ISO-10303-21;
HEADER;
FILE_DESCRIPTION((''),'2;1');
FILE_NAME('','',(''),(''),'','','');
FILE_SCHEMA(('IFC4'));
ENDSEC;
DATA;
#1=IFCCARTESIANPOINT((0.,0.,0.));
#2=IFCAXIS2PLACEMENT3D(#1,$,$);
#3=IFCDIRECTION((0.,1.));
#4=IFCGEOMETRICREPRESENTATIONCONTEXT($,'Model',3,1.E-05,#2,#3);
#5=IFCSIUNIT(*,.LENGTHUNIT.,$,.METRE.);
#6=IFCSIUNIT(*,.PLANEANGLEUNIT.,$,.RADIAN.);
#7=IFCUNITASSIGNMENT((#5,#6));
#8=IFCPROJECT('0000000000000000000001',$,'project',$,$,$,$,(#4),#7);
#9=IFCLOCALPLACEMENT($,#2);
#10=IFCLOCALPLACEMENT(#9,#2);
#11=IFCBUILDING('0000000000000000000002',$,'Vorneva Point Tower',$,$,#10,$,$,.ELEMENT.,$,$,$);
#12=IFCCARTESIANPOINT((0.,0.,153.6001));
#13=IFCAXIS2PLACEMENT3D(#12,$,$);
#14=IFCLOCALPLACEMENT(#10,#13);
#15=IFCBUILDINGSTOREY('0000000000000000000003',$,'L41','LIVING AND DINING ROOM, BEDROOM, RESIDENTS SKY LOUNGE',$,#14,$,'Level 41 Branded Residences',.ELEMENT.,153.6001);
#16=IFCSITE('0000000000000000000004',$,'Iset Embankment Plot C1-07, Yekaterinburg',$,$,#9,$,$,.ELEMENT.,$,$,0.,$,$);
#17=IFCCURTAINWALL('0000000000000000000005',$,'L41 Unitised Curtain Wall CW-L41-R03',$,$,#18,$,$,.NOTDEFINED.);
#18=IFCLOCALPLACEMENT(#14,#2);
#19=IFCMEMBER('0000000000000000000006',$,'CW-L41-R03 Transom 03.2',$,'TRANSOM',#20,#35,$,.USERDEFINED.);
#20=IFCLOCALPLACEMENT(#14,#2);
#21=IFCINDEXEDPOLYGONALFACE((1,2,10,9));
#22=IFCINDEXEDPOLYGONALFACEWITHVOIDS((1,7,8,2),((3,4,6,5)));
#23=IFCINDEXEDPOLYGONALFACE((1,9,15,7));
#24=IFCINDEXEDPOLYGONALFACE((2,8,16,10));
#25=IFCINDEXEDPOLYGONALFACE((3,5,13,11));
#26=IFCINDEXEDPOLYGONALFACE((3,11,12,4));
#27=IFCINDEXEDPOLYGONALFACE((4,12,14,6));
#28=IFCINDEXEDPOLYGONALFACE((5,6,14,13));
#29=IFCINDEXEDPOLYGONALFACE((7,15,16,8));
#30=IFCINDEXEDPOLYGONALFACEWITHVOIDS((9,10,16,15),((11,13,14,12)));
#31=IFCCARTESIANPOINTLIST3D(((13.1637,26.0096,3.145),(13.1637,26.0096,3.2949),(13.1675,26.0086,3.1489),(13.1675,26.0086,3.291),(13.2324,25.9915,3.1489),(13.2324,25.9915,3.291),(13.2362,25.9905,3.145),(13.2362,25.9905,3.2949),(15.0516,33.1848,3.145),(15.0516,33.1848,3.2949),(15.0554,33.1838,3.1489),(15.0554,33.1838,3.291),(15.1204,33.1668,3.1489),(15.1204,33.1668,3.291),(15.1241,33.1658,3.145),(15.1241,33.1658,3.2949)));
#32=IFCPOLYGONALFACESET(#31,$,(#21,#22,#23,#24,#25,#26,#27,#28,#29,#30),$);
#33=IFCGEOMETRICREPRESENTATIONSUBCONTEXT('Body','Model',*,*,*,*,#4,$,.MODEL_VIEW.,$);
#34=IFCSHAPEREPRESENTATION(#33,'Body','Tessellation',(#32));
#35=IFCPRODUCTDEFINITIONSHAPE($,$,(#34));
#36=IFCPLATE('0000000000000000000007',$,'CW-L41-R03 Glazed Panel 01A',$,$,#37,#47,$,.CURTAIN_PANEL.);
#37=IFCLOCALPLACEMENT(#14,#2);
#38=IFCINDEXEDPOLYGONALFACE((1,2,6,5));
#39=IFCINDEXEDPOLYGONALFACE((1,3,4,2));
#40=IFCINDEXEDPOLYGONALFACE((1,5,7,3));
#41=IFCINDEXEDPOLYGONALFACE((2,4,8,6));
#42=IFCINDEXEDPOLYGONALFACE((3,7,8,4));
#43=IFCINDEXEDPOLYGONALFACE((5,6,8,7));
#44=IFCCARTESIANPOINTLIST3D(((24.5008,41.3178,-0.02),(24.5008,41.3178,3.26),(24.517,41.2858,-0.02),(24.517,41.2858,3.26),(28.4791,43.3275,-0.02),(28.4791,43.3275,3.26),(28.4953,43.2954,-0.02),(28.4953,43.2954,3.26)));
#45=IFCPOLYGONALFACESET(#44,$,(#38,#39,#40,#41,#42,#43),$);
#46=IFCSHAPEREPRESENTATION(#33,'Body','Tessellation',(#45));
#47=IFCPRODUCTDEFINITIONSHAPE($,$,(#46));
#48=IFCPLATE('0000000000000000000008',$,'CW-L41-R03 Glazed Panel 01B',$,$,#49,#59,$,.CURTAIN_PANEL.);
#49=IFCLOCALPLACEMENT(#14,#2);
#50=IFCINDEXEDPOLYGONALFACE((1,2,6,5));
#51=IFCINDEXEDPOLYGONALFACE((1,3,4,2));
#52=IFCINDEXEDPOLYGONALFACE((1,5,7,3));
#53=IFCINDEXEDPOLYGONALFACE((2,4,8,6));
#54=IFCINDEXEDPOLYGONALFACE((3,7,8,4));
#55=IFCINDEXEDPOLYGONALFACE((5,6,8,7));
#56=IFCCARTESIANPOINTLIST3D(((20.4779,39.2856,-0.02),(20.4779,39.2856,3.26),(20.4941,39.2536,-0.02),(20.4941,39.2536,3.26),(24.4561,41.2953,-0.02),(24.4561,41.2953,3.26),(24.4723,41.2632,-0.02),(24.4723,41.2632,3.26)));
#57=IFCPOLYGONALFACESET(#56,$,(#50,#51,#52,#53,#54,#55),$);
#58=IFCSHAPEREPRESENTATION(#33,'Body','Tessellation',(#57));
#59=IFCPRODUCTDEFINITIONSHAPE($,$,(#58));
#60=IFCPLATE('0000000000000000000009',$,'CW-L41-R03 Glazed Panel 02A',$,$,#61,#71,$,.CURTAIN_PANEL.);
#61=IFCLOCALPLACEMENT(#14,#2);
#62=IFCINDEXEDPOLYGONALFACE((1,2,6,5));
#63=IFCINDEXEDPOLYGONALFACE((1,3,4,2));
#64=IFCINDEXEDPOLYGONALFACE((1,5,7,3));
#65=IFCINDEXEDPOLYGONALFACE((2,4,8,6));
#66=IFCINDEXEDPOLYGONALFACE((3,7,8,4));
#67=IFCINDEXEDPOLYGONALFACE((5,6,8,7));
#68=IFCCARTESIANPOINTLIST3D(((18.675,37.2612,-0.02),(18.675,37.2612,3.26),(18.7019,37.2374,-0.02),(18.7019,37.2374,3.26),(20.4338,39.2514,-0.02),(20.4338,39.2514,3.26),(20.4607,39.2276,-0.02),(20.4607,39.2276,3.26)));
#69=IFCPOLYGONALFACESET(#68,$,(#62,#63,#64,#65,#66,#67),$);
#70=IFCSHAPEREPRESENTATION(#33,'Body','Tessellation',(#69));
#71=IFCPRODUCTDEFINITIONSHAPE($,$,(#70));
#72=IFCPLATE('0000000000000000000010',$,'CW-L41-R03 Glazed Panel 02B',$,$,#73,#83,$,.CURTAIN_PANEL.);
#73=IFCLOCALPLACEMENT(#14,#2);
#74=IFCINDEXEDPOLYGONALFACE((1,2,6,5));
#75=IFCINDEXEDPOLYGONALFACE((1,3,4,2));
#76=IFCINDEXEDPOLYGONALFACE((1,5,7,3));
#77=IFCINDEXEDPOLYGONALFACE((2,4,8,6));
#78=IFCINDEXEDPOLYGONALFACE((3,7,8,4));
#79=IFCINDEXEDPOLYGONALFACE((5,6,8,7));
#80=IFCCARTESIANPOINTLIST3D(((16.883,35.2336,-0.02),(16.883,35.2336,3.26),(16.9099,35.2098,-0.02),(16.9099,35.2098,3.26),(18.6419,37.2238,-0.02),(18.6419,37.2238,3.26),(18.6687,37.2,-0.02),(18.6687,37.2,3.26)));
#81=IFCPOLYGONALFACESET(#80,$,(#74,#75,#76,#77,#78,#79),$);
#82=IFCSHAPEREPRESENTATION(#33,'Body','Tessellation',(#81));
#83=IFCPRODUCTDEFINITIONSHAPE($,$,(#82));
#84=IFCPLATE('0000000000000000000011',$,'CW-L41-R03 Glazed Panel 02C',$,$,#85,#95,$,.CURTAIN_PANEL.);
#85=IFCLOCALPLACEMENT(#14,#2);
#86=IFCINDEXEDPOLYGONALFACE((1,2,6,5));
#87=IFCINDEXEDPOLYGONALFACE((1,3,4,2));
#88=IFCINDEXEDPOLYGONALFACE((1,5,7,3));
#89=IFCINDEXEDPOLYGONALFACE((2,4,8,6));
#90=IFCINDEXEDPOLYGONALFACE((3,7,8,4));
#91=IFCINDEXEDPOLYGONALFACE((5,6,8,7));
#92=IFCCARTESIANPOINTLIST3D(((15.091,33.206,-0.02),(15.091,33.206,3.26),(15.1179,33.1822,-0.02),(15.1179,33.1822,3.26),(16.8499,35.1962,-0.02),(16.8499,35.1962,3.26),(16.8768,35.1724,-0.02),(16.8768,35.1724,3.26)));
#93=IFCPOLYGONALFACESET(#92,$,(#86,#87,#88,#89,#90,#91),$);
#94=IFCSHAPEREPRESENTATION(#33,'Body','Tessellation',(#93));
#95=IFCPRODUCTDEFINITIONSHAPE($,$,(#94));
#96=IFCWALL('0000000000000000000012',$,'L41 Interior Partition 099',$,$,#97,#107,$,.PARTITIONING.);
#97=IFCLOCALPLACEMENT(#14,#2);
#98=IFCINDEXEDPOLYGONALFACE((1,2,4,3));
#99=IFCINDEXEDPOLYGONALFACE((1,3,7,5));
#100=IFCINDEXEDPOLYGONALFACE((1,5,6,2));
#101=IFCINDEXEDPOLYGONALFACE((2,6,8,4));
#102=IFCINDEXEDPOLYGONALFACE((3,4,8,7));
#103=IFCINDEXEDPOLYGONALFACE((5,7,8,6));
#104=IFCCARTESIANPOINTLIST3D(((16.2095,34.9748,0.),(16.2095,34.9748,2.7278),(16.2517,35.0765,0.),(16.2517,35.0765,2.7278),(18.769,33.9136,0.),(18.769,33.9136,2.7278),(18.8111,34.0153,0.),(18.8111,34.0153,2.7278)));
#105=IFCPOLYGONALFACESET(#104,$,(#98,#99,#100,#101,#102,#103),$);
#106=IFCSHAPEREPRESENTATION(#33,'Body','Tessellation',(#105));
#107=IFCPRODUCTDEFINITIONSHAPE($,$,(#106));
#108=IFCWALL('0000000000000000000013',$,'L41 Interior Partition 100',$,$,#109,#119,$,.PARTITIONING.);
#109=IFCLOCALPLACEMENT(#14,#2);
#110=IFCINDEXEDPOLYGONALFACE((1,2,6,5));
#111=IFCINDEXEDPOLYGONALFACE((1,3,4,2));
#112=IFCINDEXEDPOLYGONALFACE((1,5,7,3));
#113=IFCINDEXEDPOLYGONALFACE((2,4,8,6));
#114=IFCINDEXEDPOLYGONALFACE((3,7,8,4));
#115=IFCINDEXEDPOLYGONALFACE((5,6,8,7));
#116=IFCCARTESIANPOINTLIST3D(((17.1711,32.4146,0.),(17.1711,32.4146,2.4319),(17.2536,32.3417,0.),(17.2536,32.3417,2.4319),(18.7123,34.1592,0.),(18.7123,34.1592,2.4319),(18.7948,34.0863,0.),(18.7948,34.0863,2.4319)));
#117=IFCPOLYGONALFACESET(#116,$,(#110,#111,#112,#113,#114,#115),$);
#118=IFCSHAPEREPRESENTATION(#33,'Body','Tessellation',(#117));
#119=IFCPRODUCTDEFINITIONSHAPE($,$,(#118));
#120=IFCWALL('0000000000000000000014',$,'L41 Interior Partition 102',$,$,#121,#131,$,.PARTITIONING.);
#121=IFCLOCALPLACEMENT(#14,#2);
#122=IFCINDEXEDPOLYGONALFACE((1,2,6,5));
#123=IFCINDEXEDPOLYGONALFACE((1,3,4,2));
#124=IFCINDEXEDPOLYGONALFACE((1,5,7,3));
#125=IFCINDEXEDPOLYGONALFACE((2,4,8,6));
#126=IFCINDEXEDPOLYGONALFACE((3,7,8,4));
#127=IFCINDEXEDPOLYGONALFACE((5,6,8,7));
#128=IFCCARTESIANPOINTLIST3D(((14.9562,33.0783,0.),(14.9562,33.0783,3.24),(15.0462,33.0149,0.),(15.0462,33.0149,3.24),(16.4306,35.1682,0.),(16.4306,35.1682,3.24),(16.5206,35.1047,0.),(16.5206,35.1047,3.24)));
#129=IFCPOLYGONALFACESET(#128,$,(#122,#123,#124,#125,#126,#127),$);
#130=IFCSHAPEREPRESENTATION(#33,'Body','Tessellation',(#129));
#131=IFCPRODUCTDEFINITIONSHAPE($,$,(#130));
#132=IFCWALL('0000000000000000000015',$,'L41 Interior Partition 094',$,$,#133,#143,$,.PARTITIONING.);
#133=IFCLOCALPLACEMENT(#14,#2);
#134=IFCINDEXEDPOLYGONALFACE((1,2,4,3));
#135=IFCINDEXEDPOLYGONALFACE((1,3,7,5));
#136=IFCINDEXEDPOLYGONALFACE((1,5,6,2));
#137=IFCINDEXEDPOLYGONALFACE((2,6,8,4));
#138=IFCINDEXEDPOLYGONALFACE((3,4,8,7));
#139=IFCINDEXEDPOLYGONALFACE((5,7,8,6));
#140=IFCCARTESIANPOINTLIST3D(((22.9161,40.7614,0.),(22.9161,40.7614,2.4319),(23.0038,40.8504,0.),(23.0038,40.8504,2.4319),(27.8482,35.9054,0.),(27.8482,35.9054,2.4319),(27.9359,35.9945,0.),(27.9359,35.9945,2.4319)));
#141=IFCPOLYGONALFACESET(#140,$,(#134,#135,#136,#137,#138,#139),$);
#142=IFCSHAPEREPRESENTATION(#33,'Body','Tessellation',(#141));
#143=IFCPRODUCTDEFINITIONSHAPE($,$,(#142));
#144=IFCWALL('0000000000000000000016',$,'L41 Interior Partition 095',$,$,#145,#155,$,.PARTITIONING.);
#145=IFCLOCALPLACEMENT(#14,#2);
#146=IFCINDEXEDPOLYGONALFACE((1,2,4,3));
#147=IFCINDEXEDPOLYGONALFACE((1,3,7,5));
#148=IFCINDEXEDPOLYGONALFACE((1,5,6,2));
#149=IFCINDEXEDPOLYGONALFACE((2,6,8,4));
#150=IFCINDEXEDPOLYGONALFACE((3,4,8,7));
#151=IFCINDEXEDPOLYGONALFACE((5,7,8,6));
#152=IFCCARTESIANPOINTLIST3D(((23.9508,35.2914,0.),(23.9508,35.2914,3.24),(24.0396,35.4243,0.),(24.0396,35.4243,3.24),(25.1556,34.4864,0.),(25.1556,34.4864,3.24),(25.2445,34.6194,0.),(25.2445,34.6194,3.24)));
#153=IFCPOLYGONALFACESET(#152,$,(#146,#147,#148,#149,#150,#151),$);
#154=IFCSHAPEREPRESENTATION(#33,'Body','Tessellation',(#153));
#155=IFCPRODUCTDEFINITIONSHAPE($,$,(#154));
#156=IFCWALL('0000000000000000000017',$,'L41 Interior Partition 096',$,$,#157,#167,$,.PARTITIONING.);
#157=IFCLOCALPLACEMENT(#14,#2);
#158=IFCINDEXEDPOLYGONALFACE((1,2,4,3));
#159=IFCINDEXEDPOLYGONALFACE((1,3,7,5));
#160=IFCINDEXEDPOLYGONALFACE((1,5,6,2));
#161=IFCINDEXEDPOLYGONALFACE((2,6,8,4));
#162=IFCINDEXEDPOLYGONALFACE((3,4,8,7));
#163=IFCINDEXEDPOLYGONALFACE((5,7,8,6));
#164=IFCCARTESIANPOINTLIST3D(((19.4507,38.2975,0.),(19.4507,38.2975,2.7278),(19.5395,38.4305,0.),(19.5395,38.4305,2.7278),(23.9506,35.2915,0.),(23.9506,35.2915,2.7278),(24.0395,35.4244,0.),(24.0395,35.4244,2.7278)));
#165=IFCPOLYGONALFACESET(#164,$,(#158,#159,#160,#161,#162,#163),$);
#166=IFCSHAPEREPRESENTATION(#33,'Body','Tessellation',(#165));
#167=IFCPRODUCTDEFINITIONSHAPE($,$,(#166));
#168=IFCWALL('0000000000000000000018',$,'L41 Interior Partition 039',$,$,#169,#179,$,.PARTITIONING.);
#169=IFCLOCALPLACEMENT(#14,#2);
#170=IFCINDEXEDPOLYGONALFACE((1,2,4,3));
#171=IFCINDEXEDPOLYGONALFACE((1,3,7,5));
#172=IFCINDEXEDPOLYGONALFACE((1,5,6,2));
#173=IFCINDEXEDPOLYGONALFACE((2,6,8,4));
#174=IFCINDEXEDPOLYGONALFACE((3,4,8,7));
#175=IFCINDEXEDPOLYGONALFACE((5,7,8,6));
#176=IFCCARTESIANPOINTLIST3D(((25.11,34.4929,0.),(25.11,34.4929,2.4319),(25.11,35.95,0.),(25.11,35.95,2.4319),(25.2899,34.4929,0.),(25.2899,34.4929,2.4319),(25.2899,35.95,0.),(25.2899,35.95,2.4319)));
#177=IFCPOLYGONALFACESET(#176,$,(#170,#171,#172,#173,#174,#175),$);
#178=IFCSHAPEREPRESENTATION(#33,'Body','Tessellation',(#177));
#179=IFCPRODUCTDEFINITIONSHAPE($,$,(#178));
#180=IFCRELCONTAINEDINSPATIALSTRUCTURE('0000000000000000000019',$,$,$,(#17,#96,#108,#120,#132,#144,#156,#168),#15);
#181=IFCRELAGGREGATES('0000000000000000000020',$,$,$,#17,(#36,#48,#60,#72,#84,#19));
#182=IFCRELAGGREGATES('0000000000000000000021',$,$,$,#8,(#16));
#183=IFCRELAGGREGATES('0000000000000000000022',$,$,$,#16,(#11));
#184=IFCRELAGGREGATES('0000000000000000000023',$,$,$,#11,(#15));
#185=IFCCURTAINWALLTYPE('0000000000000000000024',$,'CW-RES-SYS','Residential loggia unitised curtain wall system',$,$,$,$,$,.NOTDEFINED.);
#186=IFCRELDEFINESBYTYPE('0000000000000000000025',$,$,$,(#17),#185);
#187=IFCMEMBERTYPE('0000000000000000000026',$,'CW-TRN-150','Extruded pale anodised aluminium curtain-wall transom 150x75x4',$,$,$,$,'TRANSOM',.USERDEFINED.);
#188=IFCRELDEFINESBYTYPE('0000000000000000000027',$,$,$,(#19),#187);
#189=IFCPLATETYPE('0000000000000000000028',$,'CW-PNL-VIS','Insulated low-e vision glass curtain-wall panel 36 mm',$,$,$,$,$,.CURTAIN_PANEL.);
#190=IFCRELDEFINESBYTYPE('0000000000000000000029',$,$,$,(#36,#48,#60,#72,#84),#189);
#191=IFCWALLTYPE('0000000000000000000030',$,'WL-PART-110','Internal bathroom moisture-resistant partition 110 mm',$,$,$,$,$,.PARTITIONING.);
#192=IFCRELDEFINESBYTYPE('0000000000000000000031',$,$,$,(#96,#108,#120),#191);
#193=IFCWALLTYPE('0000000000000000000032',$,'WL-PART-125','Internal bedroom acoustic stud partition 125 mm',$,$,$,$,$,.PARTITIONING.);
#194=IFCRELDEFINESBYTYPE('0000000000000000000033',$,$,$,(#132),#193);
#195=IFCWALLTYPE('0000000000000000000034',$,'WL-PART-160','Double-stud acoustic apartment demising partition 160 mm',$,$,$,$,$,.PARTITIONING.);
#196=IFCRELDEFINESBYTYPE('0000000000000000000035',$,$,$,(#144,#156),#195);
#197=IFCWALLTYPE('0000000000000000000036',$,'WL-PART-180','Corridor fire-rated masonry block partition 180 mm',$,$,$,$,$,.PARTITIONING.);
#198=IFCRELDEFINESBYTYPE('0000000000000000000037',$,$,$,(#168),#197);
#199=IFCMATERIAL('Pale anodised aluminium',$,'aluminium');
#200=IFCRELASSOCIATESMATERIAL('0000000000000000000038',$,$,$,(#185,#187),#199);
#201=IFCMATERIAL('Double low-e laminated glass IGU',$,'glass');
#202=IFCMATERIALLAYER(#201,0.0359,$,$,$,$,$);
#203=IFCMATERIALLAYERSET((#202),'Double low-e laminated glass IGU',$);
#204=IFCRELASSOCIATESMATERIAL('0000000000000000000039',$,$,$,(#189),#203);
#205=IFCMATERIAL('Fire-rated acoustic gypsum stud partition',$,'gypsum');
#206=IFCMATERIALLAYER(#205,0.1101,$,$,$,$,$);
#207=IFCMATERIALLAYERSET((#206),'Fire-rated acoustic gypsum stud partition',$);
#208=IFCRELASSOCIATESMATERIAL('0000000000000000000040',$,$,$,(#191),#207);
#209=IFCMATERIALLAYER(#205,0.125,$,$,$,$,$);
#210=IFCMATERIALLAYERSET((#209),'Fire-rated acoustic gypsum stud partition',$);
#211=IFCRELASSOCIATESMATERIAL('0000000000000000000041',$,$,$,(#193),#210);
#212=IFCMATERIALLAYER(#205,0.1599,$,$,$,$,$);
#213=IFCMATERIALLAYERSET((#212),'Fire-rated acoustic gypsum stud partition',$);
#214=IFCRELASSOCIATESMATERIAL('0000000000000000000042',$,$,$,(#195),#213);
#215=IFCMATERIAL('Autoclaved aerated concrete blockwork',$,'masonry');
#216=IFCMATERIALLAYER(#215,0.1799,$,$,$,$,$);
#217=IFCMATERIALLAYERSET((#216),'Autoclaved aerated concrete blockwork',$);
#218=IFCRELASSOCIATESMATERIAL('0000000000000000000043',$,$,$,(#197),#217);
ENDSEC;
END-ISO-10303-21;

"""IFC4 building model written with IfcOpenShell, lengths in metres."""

from ifc_helpers import new_model, si_unit, direction, frame, frame_2d, origin, origin_2d, place, context, subcontext, project, spatial, rectangle, hollow_rectangle, extrude, material, layer, layer_set, material_profile, profile_set, type_object, element, aggregate, save


model = new_model("IFC4")

# Units and contexts
model_context = context("Model", 3, precision=1e-05, world=origin(), true_north=direction((0.0, 1.0)))
body_context = subcontext(model_context, "Body", "Model", "MODEL_VIEW")
ifc_project = project(units=[si_unit("LENGTHUNIT", "METRE"), si_unit("PLANEANGLEUNIT", "RADIAN")], contexts=[model_context])

# Site, building, storey
site_placement = place(None, origin())
site = spatial("IfcSite", under=ifc_project, at=site_placement, Name="Iset Embankment Plot C1-07, Yekaterinburg", CompositionType="ELEMENT", RefElevation=0.0)
building_placement = place(site_placement, origin())
building = spatial("IfcBuilding", under=site, at=building_placement, Name="Vorneva Point Tower", CompositionType="ELEMENT")
storey_placement = place(building_placement, frame((0.0, 0.0, 153.6001)))
storey = spatial("IfcBuildingStorey", under=building, at=storey_placement, Name="L41", Description="LIVING AND DINING ROOM, BEDROOM, RESIDENTS SKY LOUNGE", LongName="Level 41 Branded Residences", CompositionType="ELEMENT", Elevation=153.6001)

# Curtain wall, member, plates
ifc_material_1 = material(Name="Pale anodised aluminium", Category="aluminium")
curtain_wall_type = type_object("IfcCurtainWallType", Name="CW-RES-SYS", Description="Residential loggia unitised curtain wall system", PredefinedType="NOTDEFINED", material=ifc_material_1)
curtain_wall_placement = place(storey_placement, origin())
curtain_wall = element("IfcCurtainWall", 1, at=curtain_wall_placement, inside=storey, type_object=curtain_wall_type, Name="L41 Unitised Curtain Wall CW-L41-R03", PredefinedType="NOTDEFINED")
ifc_material_profile_1 = material_profile(ifc_material_1, hollow_rectangle(XDim=0.075, YDim=0.1499, WallThickness=0.0039, at=origin_2d()), Name="AL-TRN 150x75x4")
ifc_profile_set_1 = profile_set([ifc_material_profile_1], Name="Pale anodised aluminium")
member_type_1 = type_object("IfcMemberType", Name="CW-TRN-150", Description="Extruded pale anodised aluminium curtain-wall transom 150x75x4", ElementType="TRANSOM", PredefinedType="USERDEFINED", material=ifc_profile_set_1)
member_1_placement = place(storey_placement, frame((15.0879, 33.1753, 3.22), z_axis=(-0.254456, -0.967084, 0.0), x_axis=(0.967084, -0.254456, 0.0)))
member_1 = element("IfcMember", 2, at=member_1_placement, type_object=member_type_1, Name="CW-L41-R03 Transom 03.2", ObjectType="TRANSOM", PredefinedType="USERDEFINED", context=body_context, shape_type="SweptSolid", body=[
    extrude(hollow_rectangle(XDim=0.075, YDim=0.1499, WallThickness=0.0039, at=origin_2d()), origin(), (0.0, 0.0, 1.0), 7.4194),
])
ifc_material_2 = material(Name="Double low-e laminated glass IGU", Category="glass")
ifc_layer_1 = layer(ifc_material_2, 0.0359)
ifc_layer_set_1 = layer_set([ifc_layer_1], Name="Double low-e laminated glass IGU")
plate_type = type_object("IfcPlateType", Name="CW-PNL-VIS", Description="Insulated low-e vision glass curtain-wall panel 36 mm", PredefinedType="CURTAIN_PANEL", material=ifc_layer_set_1)
plate_1_placement = place(storey_placement, frame((26.498, 42.3066, -0.02), z_axis=(0.0, 0.0, 1.0), x_axis=(-0.892578, -0.450893, 0.0)))
plate_1 = element("IfcPlate", 3, at=plate_1_placement, type_object=plate_type, Name="CW-L41-R03 Glazed Panel 01A", PredefinedType="CURTAIN_PANEL", context=body_context, shape_type="SweptSolid", body=[
    extrude(rectangle(XDim=4.457, YDim=0.0359, at=origin_2d()), origin(), (0.0, 0.0, 1.0), 3.28),
])
plate_2_placement = place(storey_placement, frame((22.4751, 40.2744, -0.02), z_axis=(0.0, 0.0, 1.0), x_axis=(-0.892578, -0.450893, 0.0)))
plate_2 = element("IfcPlate", 4, at=plate_2_placement, type_object=plate_type, Name="CW-L41-R03 Glazed Panel 01B", PredefinedType="CURTAIN_PANEL", context=body_context, shape_type="SweptSolid", body=[
    extrude(rectangle(XDim=4.457, YDim=0.0359, at=origin_2d()), origin(), (0.0, 0.0, 1.0), 3.28),
])
plate_3_placement = place(storey_placement, frame((19.5679, 38.2444, -0.02), z_axis=(0.0, 0.0, 1.0), x_axis=(-0.662215, -0.749314, 0.0)))
plate_3 = element("IfcPlate", 5, at=plate_3_placement, type_object=plate_type, Name="CW-L41-R03 Glazed Panel 02A", PredefinedType="CURTAIN_PANEL", context=body_context, shape_type="SweptSolid", body=[
    extrude(rectangle(XDim=2.656, YDim=0.0359, at=origin_2d()), origin(), (0.0, 0.0, 1.0), 3.28),
])
plate_4_placement = place(storey_placement, frame((17.7759, 36.2168, -0.02), z_axis=(0.0, 0.0, 1.0), x_axis=(-0.662215, -0.749314, 0.0)))
plate_4 = element("IfcPlate", 6, at=plate_4_placement, type_object=plate_type, Name="CW-L41-R03 Glazed Panel 02B", PredefinedType="CURTAIN_PANEL", context=body_context, shape_type="SweptSolid", body=[
    extrude(rectangle(XDim=2.656, YDim=0.0359, at=origin_2d()), origin(), (0.0, 0.0, 1.0), 3.28),
])
plate_5_placement = place(storey_placement, frame((15.9839, 34.1892, -0.02), z_axis=(0.0, 0.0, 1.0), x_axis=(-0.662215, -0.749314, 0.0)))
plate_5 = element("IfcPlate", 7, at=plate_5_placement, type_object=plate_type, Name="CW-L41-R03 Glazed Panel 02C", PredefinedType="CURTAIN_PANEL", context=body_context, shape_type="SweptSolid", body=[
    extrude(rectangle(XDim=2.656, YDim=0.0359, at=origin_2d()), origin(), (0.0, 0.0, 1.0), 3.28),
])
aggregate(curtain_wall, [plate_1, plate_2, plate_3, plate_4, plate_5, member_1])

# Walls
ifc_material_3 = material(Name="Fire-rated acoustic gypsum stud partition", Category="gypsum")
ifc_layer_2 = layer(ifc_material_3, 0.1101)
ifc_layer_set_2 = layer_set([ifc_layer_2], Name="Fire-rated acoustic gypsum stud partition")
wall_type_1 = type_object("IfcWallType", Name="WL-PART-110", Description="Internal bathroom moisture-resistant partition 110 mm", PredefinedType="PARTITIONING", material=ifc_layer_set_2)
wall_1_placement = place(storey_placement, frame((16.2307, 35.0256, 0.0), z_axis=(0.0, 0.0, 1.0), x_axis=(0.923743, -0.383013, 0.0)))
element("IfcWall", 8, at=wall_1_placement, inside=storey, type_object=wall_type_1, Name="L41 Interior Partition 099", PredefinedType="PARTITIONING", context=body_context, shape_type="SweptSolid", body=[
    extrude(rectangle(XDim=2.7708, YDim=0.1101, at=frame_2d((1.3853, 0.0))), origin(), (0.0, 0.0, 1.0), 2.7278),
])
wall_2_placement = place(storey_placement, frame((18.7537, 34.1228, 0.0), z_axis=(0.0, 0.0, 1.0), x_axis=(-0.662076, -0.749437, 0.0)))
element("IfcWall", 9, at=wall_2_placement, inside=storey, type_object=wall_type_1, Name="L41 Interior Partition 100", PredefinedType="PARTITIONING", context=body_context, shape_type="SweptSolid", body=[
    extrude(rectangle(XDim=2.3279, YDim=0.1101, at=frame_2d((1.1641, 0.0))), origin(), (0.0, 0.0, 1.0), 2.4319),
])
wall_3_placement = place(storey_placement, frame((16.4756, 35.1365, 0.0), z_axis=(0.0, 0.0, 1.0), x_axis=(-0.57647, -0.817119, 0.0)))
element("IfcWall", 10, at=wall_3_placement, inside=storey, type_object=wall_type_1, Name="L41 Interior Partition 102", PredefinedType="PARTITIONING", context=body_context, shape_type="SweptSolid", body=[
    extrude(rectangle(XDim=2.5576, YDim=0.1101, at=frame_2d((1.2788, 0.0))), origin(), (0.0, 0.0, 1.0), 3.24),
])
ifc_layer_3 = layer(ifc_material_3, 0.125)
ifc_layer_set_3 = layer_set([ifc_layer_3], Name="Fire-rated acoustic gypsum stud partition")
wall_type_2 = type_object("IfcWallType", Name="WL-PART-125", Description="Internal bedroom acoustic stud partition 125 mm", PredefinedType="PARTITIONING", material=ifc_layer_set_3)
wall_4_placement = place(storey_placement, frame((22.96, 40.8059, 0.0), z_axis=(0.0, 0.0, 1.0), x_axis=(0.712588, -0.701583, 0.0)))
element("IfcWall", 11, at=wall_4_placement, inside=storey, type_object=wall_type_2, Name="L41 Interior Partition 094", PredefinedType="PARTITIONING", context=body_context, shape_type="SweptSolid", body=[
    extrude(rectangle(XDim=6.9214, YDim=0.125, at=frame_2d((3.4607, 0.0))), origin(), (0.0, 0.0, 1.0), 2.4319),
])
ifc_layer_4 = layer(ifc_material_3, 0.1599)
ifc_layer_set_4 = layer_set([ifc_layer_4], Name="Fire-rated acoustic gypsum stud partition")
wall_type_3 = type_object("IfcWallType", Name="WL-PART-160", Description="Double-stud acoustic apartment demising partition 160 mm", PredefinedType="PARTITIONING", material=ifc_layer_set_4)
wall_5_placement = place(storey_placement, frame((23.9951, 35.3579, 0.0), z_axis=(0.0, 0.0, 1.0), x_axis=(0.831506, -0.555516, 0.0)))
element("IfcWall", 12, at=wall_5_placement, inside=storey, type_object=wall_type_3, Name="L41 Interior Partition 095", PredefinedType="PARTITIONING", context=body_context, shape_type="SweptSolid", body=[
    extrude(rectangle(XDim=1.449, YDim=0.1599, at=frame_2d((0.7246, 0.0))), origin(), (0.0, 0.0, 1.0), 3.24),
])
wall_6_placement = place(storey_placement, frame((19.4951, 38.364, 0.0), z_axis=(0.0, 0.0, 1.0), x_axis=(0.831529, -0.555481, 0.0)))
element("IfcWall", 13, at=wall_6_placement, inside=storey, type_object=wall_type_3, Name="L41 Interior Partition 096", PredefinedType="PARTITIONING", context=body_context, shape_type="SweptSolid", body=[
    extrude(rectangle(XDim=5.4116, YDim=0.1599, at=frame_2d((2.7058, 0.0))), origin(), (0.0, 0.0, 1.0), 2.7278),
])
ifc_material_4 = material(Name="Autoclaved aerated concrete blockwork", Category="masonry")
ifc_layer_5 = layer(ifc_material_4, 0.1799)
ifc_layer_set_5 = layer_set([ifc_layer_5], Name="Autoclaved aerated concrete blockwork")
wall_type_4 = type_object("IfcWallType", Name="WL-PART-180", Description="Corridor fire-rated masonry block partition 180 mm", PredefinedType="PARTITIONING", material=ifc_layer_set_5)
wall_7_placement = place(storey_placement, frame((25.2, 35.95, 0.0), z_axis=(0.0, 0.0, 1.0), x_axis=(0.0, -1.0, 0.0)))
element("IfcWall", 14, at=wall_7_placement, inside=storey, type_object=wall_type_4, Name="L41 Interior Partition 039", PredefinedType="PARTITIONING", context=body_context, shape_type="SweptSolid", body=[
    extrude(rectangle(XDim=1.457, YDim=0.1799, at=frame_2d((0.7285, 0.0))), origin(), (0.0, 0.0, 1.0), 2.4319),
])

save(model, "model.ifc")
